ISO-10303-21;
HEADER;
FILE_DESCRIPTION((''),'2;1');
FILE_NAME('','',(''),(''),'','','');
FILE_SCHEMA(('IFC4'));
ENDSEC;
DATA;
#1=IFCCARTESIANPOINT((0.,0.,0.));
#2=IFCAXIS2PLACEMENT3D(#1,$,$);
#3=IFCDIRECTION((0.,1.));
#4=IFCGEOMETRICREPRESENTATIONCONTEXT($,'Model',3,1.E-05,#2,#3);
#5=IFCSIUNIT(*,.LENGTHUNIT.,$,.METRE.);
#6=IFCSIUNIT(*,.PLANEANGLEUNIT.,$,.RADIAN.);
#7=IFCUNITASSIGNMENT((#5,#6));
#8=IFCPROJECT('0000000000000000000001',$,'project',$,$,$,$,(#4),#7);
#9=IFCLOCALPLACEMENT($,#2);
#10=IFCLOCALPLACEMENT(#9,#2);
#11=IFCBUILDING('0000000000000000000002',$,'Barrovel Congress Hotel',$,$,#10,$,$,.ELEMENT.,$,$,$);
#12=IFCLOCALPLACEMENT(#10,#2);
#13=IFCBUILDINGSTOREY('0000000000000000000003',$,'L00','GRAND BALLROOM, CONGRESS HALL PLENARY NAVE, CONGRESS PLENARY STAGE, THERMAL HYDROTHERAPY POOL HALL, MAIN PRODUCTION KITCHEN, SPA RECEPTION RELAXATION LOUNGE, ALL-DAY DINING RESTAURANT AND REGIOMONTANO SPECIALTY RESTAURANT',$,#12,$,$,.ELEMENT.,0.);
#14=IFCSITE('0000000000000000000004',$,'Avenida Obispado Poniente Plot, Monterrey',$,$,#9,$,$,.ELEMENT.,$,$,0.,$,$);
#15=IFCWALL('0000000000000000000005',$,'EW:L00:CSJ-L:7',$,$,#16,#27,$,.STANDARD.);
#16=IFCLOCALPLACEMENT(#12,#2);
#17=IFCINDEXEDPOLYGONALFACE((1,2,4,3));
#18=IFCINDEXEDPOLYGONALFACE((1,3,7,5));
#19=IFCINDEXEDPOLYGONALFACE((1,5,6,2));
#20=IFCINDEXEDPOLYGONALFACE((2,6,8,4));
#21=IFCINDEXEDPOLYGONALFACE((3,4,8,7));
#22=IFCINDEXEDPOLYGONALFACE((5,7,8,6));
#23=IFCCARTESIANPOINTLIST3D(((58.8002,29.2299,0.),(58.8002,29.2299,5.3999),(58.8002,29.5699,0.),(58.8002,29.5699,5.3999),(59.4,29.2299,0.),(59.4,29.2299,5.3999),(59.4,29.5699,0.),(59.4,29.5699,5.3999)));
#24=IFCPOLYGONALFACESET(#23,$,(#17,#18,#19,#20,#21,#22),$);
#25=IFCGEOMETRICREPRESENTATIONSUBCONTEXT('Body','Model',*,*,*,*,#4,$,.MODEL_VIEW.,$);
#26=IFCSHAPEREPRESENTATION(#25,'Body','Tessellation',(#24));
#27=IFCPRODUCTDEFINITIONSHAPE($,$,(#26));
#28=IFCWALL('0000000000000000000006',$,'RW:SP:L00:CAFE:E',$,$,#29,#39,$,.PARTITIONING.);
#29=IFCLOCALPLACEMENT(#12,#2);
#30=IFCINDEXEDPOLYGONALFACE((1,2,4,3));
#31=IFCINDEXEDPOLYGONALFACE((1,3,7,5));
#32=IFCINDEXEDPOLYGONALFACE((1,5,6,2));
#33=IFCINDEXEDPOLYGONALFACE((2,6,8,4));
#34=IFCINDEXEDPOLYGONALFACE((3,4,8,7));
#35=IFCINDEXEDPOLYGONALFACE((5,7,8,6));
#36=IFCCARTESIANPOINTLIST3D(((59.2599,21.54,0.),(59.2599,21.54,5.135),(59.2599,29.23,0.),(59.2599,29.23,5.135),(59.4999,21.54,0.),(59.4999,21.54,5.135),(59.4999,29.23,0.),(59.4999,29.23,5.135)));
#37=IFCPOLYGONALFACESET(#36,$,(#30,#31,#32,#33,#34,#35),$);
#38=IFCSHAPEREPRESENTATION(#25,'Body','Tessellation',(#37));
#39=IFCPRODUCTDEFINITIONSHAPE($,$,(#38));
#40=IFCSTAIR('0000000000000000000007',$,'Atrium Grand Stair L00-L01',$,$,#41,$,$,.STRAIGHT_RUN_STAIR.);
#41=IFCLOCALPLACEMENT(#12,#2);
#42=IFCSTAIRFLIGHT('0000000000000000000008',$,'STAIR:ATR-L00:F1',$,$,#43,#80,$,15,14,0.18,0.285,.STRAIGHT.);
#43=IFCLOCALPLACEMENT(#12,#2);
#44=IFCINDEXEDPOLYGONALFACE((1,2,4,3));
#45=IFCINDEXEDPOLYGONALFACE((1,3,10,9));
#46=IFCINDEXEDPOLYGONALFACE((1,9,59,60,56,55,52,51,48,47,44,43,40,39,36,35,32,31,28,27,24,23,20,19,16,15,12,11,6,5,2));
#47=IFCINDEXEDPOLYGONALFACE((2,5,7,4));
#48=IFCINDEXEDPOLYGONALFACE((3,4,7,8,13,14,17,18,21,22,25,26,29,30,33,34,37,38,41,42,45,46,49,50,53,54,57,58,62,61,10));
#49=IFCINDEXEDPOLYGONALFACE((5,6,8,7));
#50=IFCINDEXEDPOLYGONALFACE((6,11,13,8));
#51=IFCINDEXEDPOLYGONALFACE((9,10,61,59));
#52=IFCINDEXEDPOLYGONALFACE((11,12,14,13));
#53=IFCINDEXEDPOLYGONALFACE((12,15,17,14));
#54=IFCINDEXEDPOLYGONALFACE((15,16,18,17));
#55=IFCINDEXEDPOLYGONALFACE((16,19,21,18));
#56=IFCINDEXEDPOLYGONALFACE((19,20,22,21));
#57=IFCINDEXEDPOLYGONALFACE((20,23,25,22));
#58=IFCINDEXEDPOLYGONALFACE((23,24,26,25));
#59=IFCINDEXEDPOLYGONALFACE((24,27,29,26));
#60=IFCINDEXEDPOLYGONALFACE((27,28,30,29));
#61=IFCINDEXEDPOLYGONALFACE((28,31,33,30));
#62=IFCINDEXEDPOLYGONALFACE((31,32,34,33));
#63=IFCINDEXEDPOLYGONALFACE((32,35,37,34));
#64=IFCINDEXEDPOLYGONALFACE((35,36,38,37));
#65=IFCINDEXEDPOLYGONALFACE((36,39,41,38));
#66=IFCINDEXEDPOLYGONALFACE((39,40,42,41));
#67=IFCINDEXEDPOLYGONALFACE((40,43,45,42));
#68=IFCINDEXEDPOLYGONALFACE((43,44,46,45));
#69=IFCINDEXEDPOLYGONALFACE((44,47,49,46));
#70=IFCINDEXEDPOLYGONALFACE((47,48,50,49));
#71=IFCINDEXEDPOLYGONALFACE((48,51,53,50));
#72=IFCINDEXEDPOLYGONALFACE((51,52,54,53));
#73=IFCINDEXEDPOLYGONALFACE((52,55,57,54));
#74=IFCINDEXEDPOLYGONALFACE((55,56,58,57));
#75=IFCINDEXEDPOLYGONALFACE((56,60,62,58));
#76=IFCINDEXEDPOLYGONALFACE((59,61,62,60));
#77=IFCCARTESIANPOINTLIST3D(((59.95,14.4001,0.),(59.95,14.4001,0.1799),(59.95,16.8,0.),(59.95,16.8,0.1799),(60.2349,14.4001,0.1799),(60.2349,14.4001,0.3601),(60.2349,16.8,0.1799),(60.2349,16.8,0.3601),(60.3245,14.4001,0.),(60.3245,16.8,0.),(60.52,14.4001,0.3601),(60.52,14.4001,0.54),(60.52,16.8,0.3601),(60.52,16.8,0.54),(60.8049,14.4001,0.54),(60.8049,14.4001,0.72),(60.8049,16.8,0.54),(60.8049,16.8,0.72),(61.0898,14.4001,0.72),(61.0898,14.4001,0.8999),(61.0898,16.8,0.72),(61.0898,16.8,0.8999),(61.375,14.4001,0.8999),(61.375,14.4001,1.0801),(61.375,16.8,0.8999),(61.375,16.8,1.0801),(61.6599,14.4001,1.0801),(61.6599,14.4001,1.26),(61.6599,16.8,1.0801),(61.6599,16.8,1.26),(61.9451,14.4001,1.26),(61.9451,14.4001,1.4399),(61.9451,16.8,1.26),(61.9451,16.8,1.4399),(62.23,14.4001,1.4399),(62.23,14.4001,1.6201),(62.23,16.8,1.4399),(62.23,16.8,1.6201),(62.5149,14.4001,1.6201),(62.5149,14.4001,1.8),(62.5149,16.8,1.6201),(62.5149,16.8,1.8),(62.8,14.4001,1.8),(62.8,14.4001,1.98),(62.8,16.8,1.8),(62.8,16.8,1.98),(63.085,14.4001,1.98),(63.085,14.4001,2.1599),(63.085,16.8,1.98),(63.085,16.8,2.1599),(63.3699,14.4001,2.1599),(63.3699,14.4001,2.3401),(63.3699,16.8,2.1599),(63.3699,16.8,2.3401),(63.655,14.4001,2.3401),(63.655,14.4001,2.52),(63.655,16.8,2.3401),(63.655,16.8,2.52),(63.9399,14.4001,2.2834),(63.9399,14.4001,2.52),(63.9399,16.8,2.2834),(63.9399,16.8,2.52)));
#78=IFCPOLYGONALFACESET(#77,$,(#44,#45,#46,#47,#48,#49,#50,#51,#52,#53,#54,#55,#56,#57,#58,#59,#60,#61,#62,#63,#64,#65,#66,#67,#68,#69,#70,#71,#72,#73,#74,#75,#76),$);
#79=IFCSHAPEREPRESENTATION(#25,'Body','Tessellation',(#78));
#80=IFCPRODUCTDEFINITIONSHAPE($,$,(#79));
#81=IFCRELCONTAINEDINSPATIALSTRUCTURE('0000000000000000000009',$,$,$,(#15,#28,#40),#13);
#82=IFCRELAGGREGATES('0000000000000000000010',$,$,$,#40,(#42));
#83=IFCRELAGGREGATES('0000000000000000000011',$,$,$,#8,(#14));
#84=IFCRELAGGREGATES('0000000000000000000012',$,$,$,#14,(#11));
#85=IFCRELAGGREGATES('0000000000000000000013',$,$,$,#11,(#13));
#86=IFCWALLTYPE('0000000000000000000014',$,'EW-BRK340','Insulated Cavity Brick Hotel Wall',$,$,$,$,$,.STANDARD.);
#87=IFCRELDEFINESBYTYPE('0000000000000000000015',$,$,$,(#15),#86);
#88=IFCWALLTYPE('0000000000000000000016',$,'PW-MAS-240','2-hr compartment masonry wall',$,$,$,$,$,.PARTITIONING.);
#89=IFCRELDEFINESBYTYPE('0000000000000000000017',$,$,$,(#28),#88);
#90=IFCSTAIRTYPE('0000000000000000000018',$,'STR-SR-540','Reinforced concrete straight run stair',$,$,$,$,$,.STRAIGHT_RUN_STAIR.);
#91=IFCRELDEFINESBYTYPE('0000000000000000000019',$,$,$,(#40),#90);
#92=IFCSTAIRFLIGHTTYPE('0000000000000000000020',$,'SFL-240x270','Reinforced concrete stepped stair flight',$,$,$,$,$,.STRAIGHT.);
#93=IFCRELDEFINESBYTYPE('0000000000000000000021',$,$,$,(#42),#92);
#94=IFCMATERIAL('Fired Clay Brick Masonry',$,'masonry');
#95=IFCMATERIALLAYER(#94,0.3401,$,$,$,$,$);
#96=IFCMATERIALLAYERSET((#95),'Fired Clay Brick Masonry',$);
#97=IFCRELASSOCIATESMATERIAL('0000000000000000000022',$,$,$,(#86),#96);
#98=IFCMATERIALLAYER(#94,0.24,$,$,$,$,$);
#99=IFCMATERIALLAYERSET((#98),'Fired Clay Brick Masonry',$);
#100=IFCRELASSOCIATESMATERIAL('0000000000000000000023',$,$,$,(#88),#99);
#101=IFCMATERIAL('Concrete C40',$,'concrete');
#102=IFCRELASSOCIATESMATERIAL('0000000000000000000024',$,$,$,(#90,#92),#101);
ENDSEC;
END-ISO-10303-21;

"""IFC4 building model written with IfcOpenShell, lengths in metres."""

from ifc_helpers import new_model, si_unit, direction, frame, frame_2d, origin, place, context, subcontext, project, spatial, polyline, rectangle, outline, extrude, material, layer, layer_set, type_object, element, aggregate, save


model = new_model("IFC4")

# Units and contexts
model_context = context("Model", 3, precision=1e-05, world=origin(), true_north=direction((0.0, 1.0)))
body_context = subcontext(model_context, "Body", "Model", "MODEL_VIEW")
ifc_project = project(units=[si_unit("LENGTHUNIT", "METRE"), si_unit("PLANEANGLEUNIT", "RADIAN")], contexts=[model_context])

# Site, building, storey
site_placement = place(None, origin())
site = spatial("IfcSite", under=ifc_project, at=site_placement, Name="Avenida Obispado Poniente Plot, Monterrey", CompositionType="ELEMENT", RefElevation=0.0)
building_placement = place(site_placement, origin())
building = spatial("IfcBuilding", under=site, at=building_placement, Name="Barrovel Congress Hotel", CompositionType="ELEMENT")
storey_placement = place(building_placement, origin())
storey = spatial("IfcBuildingStorey", under=building, at=storey_placement, Name="L00", Description="GRAND BALLROOM, CONGRESS HALL PLENARY NAVE, CONGRESS PLENARY STAGE, THERMAL HYDROTHERAPY POOL HALL, MAIN PRODUCTION KITCHEN, SPA RECEPTION RELAXATION LOUNGE, ALL-DAY DINING RESTAURANT AND REGIOMONTANO SPECIALTY RESTAURANT", CompositionType="ELEMENT", Elevation=0.0)

# Shared definitions
ifc_material_1 = material(Name="Concrete C40", Category="concrete")

# Walls
ifc_material_2 = material(Name="Fired Clay Brick Masonry", Category="masonry")
ifc_layer_1 = layer(ifc_material_2, 0.3401)
ifc_layer_set_1 = layer_set([ifc_layer_1], Name="Fired Clay Brick Masonry")
wall_type_1 = type_object("IfcWallType", Name="EW-BRK340", Description="Insulated Cavity Brick Hotel Wall", PredefinedType="STANDARD", material=ifc_layer_set_1)
wall_1_placement = place(storey_placement, frame((59.3999, 29.3999, 0.0), z_axis=(0.0, 0.0, 1.0), x_axis=(-1.0, 0.0, 0.0)))
element("IfcWall", 1, at=wall_1_placement, inside=storey, type_object=wall_type_1, Name="EW:L00:CSJ-L:7", PredefinedType="STANDARD", context=body_context, shape_type="SweptSolid", body=[
    extrude(rectangle(XDim=0.5999, YDim=0.3401, at=frame_2d((0.2998, 0.0))), origin(), (0.0, 0.0, 1.0), 5.3999),
])
ifc_layer_2 = layer(ifc_material_2, 0.24)
ifc_layer_set_2 = layer_set([ifc_layer_2], Name="Fired Clay Brick Masonry")
wall_type_2 = type_object("IfcWallType", Name="PW-MAS-240", Description="2-hr compartment masonry wall", PredefinedType="PARTITIONING", material=ifc_layer_set_2)
wall_2_placement = place(storey_placement, frame((59.3799, 21.54, 0.0), z_axis=(0.0, 0.0, 1.0), x_axis=(0.0, 1.0, 0.0)))
element("IfcWall", 2, at=wall_2_placement, inside=storey, type_object=wall_type_2, Name="RW:SP:L00:CAFE:E", PredefinedType="PARTITIONING", context=body_context, shape_type="SweptSolid", body=[
    extrude(rectangle(XDim=7.6899, YDim=0.24, at=frame_2d((3.845, 0.0))), origin(), (0.0, 0.0, 1.0), 5.135),
])

# Stair, stair flight
stair_type = type_object("IfcStairType", Name="STR-SR-540", Description="Reinforced concrete straight run stair", PredefinedType="STRAIGHT_RUN_STAIR", material=ifc_material_1)
stair_placement = place(storey_placement, origin())
stair = element("IfcStair", 3, at=stair_placement, inside=storey, type_object=stair_type, Name="Atrium Grand Stair L00-L01", PredefinedType="STRAIGHT_RUN_STAIR")
stair_flight_type = type_object("IfcStairFlightType", Name="SFL-240x270", Description="Reinforced concrete stepped stair flight", PredefinedType="STRAIGHT", material=ifc_material_1)
stair_flight_placement = place(storey_placement, frame((59.95, 15.6001, 0.0), z_axis=(0.0, 0.0, 1.0), x_axis=(1.0, 0.0, 0.0)))
stair_flight = element("IfcStairFlight", 4, at=stair_flight_placement, type_object=stair_flight_type, Name="STAIR:ATR-L00:F1", NumberOfRisers=15, NumberOfTreads=14, PredefinedType="STRAIGHT", RiserHeight=0.18, TreadLength=0.285, context=body_context, shape_type="SweptSolid", body=[
    extrude(outline(polyline([(0.0, 0.0), (0.0, 0.1799), (0.2849, 0.1799), (0.2849, 0.3601), (0.5701, 0.3601), (0.5701, 0.54), (0.855, 0.54), (0.855, 0.72), (1.1399, 0.72), (1.1399, 0.8999), (1.425, 0.8999), (1.425, 1.0801), (1.71, 1.0801), (1.71, 1.26), (1.9951, 1.26), (1.9951, 1.4399), (2.28, 1.4399), (2.28, 1.6201), (2.5649, 1.6201), (2.5649, 1.8), (2.8501, 1.8), (2.8501, 1.98), (3.135, 1.98), (3.135, 2.1599), (3.4199, 2.1599), (3.4199, 2.3401), (3.7051, 2.3401), (3.7051, 2.52), (3.99, 2.52), (3.99, 2.7), (3.99, 2.2834), (0.3745, 0.0), (0.0, 0.0)])), frame((0.0, 1.2, 0.0), z_axis=(0.0, -1.0, 0.0), x_axis=(1.0, 0.0, 0.0)), (0.0, 0.0, 1.0), 2.3999),
])
aggregate(stair, [stair_flight])

save(model, "model.ifc")
